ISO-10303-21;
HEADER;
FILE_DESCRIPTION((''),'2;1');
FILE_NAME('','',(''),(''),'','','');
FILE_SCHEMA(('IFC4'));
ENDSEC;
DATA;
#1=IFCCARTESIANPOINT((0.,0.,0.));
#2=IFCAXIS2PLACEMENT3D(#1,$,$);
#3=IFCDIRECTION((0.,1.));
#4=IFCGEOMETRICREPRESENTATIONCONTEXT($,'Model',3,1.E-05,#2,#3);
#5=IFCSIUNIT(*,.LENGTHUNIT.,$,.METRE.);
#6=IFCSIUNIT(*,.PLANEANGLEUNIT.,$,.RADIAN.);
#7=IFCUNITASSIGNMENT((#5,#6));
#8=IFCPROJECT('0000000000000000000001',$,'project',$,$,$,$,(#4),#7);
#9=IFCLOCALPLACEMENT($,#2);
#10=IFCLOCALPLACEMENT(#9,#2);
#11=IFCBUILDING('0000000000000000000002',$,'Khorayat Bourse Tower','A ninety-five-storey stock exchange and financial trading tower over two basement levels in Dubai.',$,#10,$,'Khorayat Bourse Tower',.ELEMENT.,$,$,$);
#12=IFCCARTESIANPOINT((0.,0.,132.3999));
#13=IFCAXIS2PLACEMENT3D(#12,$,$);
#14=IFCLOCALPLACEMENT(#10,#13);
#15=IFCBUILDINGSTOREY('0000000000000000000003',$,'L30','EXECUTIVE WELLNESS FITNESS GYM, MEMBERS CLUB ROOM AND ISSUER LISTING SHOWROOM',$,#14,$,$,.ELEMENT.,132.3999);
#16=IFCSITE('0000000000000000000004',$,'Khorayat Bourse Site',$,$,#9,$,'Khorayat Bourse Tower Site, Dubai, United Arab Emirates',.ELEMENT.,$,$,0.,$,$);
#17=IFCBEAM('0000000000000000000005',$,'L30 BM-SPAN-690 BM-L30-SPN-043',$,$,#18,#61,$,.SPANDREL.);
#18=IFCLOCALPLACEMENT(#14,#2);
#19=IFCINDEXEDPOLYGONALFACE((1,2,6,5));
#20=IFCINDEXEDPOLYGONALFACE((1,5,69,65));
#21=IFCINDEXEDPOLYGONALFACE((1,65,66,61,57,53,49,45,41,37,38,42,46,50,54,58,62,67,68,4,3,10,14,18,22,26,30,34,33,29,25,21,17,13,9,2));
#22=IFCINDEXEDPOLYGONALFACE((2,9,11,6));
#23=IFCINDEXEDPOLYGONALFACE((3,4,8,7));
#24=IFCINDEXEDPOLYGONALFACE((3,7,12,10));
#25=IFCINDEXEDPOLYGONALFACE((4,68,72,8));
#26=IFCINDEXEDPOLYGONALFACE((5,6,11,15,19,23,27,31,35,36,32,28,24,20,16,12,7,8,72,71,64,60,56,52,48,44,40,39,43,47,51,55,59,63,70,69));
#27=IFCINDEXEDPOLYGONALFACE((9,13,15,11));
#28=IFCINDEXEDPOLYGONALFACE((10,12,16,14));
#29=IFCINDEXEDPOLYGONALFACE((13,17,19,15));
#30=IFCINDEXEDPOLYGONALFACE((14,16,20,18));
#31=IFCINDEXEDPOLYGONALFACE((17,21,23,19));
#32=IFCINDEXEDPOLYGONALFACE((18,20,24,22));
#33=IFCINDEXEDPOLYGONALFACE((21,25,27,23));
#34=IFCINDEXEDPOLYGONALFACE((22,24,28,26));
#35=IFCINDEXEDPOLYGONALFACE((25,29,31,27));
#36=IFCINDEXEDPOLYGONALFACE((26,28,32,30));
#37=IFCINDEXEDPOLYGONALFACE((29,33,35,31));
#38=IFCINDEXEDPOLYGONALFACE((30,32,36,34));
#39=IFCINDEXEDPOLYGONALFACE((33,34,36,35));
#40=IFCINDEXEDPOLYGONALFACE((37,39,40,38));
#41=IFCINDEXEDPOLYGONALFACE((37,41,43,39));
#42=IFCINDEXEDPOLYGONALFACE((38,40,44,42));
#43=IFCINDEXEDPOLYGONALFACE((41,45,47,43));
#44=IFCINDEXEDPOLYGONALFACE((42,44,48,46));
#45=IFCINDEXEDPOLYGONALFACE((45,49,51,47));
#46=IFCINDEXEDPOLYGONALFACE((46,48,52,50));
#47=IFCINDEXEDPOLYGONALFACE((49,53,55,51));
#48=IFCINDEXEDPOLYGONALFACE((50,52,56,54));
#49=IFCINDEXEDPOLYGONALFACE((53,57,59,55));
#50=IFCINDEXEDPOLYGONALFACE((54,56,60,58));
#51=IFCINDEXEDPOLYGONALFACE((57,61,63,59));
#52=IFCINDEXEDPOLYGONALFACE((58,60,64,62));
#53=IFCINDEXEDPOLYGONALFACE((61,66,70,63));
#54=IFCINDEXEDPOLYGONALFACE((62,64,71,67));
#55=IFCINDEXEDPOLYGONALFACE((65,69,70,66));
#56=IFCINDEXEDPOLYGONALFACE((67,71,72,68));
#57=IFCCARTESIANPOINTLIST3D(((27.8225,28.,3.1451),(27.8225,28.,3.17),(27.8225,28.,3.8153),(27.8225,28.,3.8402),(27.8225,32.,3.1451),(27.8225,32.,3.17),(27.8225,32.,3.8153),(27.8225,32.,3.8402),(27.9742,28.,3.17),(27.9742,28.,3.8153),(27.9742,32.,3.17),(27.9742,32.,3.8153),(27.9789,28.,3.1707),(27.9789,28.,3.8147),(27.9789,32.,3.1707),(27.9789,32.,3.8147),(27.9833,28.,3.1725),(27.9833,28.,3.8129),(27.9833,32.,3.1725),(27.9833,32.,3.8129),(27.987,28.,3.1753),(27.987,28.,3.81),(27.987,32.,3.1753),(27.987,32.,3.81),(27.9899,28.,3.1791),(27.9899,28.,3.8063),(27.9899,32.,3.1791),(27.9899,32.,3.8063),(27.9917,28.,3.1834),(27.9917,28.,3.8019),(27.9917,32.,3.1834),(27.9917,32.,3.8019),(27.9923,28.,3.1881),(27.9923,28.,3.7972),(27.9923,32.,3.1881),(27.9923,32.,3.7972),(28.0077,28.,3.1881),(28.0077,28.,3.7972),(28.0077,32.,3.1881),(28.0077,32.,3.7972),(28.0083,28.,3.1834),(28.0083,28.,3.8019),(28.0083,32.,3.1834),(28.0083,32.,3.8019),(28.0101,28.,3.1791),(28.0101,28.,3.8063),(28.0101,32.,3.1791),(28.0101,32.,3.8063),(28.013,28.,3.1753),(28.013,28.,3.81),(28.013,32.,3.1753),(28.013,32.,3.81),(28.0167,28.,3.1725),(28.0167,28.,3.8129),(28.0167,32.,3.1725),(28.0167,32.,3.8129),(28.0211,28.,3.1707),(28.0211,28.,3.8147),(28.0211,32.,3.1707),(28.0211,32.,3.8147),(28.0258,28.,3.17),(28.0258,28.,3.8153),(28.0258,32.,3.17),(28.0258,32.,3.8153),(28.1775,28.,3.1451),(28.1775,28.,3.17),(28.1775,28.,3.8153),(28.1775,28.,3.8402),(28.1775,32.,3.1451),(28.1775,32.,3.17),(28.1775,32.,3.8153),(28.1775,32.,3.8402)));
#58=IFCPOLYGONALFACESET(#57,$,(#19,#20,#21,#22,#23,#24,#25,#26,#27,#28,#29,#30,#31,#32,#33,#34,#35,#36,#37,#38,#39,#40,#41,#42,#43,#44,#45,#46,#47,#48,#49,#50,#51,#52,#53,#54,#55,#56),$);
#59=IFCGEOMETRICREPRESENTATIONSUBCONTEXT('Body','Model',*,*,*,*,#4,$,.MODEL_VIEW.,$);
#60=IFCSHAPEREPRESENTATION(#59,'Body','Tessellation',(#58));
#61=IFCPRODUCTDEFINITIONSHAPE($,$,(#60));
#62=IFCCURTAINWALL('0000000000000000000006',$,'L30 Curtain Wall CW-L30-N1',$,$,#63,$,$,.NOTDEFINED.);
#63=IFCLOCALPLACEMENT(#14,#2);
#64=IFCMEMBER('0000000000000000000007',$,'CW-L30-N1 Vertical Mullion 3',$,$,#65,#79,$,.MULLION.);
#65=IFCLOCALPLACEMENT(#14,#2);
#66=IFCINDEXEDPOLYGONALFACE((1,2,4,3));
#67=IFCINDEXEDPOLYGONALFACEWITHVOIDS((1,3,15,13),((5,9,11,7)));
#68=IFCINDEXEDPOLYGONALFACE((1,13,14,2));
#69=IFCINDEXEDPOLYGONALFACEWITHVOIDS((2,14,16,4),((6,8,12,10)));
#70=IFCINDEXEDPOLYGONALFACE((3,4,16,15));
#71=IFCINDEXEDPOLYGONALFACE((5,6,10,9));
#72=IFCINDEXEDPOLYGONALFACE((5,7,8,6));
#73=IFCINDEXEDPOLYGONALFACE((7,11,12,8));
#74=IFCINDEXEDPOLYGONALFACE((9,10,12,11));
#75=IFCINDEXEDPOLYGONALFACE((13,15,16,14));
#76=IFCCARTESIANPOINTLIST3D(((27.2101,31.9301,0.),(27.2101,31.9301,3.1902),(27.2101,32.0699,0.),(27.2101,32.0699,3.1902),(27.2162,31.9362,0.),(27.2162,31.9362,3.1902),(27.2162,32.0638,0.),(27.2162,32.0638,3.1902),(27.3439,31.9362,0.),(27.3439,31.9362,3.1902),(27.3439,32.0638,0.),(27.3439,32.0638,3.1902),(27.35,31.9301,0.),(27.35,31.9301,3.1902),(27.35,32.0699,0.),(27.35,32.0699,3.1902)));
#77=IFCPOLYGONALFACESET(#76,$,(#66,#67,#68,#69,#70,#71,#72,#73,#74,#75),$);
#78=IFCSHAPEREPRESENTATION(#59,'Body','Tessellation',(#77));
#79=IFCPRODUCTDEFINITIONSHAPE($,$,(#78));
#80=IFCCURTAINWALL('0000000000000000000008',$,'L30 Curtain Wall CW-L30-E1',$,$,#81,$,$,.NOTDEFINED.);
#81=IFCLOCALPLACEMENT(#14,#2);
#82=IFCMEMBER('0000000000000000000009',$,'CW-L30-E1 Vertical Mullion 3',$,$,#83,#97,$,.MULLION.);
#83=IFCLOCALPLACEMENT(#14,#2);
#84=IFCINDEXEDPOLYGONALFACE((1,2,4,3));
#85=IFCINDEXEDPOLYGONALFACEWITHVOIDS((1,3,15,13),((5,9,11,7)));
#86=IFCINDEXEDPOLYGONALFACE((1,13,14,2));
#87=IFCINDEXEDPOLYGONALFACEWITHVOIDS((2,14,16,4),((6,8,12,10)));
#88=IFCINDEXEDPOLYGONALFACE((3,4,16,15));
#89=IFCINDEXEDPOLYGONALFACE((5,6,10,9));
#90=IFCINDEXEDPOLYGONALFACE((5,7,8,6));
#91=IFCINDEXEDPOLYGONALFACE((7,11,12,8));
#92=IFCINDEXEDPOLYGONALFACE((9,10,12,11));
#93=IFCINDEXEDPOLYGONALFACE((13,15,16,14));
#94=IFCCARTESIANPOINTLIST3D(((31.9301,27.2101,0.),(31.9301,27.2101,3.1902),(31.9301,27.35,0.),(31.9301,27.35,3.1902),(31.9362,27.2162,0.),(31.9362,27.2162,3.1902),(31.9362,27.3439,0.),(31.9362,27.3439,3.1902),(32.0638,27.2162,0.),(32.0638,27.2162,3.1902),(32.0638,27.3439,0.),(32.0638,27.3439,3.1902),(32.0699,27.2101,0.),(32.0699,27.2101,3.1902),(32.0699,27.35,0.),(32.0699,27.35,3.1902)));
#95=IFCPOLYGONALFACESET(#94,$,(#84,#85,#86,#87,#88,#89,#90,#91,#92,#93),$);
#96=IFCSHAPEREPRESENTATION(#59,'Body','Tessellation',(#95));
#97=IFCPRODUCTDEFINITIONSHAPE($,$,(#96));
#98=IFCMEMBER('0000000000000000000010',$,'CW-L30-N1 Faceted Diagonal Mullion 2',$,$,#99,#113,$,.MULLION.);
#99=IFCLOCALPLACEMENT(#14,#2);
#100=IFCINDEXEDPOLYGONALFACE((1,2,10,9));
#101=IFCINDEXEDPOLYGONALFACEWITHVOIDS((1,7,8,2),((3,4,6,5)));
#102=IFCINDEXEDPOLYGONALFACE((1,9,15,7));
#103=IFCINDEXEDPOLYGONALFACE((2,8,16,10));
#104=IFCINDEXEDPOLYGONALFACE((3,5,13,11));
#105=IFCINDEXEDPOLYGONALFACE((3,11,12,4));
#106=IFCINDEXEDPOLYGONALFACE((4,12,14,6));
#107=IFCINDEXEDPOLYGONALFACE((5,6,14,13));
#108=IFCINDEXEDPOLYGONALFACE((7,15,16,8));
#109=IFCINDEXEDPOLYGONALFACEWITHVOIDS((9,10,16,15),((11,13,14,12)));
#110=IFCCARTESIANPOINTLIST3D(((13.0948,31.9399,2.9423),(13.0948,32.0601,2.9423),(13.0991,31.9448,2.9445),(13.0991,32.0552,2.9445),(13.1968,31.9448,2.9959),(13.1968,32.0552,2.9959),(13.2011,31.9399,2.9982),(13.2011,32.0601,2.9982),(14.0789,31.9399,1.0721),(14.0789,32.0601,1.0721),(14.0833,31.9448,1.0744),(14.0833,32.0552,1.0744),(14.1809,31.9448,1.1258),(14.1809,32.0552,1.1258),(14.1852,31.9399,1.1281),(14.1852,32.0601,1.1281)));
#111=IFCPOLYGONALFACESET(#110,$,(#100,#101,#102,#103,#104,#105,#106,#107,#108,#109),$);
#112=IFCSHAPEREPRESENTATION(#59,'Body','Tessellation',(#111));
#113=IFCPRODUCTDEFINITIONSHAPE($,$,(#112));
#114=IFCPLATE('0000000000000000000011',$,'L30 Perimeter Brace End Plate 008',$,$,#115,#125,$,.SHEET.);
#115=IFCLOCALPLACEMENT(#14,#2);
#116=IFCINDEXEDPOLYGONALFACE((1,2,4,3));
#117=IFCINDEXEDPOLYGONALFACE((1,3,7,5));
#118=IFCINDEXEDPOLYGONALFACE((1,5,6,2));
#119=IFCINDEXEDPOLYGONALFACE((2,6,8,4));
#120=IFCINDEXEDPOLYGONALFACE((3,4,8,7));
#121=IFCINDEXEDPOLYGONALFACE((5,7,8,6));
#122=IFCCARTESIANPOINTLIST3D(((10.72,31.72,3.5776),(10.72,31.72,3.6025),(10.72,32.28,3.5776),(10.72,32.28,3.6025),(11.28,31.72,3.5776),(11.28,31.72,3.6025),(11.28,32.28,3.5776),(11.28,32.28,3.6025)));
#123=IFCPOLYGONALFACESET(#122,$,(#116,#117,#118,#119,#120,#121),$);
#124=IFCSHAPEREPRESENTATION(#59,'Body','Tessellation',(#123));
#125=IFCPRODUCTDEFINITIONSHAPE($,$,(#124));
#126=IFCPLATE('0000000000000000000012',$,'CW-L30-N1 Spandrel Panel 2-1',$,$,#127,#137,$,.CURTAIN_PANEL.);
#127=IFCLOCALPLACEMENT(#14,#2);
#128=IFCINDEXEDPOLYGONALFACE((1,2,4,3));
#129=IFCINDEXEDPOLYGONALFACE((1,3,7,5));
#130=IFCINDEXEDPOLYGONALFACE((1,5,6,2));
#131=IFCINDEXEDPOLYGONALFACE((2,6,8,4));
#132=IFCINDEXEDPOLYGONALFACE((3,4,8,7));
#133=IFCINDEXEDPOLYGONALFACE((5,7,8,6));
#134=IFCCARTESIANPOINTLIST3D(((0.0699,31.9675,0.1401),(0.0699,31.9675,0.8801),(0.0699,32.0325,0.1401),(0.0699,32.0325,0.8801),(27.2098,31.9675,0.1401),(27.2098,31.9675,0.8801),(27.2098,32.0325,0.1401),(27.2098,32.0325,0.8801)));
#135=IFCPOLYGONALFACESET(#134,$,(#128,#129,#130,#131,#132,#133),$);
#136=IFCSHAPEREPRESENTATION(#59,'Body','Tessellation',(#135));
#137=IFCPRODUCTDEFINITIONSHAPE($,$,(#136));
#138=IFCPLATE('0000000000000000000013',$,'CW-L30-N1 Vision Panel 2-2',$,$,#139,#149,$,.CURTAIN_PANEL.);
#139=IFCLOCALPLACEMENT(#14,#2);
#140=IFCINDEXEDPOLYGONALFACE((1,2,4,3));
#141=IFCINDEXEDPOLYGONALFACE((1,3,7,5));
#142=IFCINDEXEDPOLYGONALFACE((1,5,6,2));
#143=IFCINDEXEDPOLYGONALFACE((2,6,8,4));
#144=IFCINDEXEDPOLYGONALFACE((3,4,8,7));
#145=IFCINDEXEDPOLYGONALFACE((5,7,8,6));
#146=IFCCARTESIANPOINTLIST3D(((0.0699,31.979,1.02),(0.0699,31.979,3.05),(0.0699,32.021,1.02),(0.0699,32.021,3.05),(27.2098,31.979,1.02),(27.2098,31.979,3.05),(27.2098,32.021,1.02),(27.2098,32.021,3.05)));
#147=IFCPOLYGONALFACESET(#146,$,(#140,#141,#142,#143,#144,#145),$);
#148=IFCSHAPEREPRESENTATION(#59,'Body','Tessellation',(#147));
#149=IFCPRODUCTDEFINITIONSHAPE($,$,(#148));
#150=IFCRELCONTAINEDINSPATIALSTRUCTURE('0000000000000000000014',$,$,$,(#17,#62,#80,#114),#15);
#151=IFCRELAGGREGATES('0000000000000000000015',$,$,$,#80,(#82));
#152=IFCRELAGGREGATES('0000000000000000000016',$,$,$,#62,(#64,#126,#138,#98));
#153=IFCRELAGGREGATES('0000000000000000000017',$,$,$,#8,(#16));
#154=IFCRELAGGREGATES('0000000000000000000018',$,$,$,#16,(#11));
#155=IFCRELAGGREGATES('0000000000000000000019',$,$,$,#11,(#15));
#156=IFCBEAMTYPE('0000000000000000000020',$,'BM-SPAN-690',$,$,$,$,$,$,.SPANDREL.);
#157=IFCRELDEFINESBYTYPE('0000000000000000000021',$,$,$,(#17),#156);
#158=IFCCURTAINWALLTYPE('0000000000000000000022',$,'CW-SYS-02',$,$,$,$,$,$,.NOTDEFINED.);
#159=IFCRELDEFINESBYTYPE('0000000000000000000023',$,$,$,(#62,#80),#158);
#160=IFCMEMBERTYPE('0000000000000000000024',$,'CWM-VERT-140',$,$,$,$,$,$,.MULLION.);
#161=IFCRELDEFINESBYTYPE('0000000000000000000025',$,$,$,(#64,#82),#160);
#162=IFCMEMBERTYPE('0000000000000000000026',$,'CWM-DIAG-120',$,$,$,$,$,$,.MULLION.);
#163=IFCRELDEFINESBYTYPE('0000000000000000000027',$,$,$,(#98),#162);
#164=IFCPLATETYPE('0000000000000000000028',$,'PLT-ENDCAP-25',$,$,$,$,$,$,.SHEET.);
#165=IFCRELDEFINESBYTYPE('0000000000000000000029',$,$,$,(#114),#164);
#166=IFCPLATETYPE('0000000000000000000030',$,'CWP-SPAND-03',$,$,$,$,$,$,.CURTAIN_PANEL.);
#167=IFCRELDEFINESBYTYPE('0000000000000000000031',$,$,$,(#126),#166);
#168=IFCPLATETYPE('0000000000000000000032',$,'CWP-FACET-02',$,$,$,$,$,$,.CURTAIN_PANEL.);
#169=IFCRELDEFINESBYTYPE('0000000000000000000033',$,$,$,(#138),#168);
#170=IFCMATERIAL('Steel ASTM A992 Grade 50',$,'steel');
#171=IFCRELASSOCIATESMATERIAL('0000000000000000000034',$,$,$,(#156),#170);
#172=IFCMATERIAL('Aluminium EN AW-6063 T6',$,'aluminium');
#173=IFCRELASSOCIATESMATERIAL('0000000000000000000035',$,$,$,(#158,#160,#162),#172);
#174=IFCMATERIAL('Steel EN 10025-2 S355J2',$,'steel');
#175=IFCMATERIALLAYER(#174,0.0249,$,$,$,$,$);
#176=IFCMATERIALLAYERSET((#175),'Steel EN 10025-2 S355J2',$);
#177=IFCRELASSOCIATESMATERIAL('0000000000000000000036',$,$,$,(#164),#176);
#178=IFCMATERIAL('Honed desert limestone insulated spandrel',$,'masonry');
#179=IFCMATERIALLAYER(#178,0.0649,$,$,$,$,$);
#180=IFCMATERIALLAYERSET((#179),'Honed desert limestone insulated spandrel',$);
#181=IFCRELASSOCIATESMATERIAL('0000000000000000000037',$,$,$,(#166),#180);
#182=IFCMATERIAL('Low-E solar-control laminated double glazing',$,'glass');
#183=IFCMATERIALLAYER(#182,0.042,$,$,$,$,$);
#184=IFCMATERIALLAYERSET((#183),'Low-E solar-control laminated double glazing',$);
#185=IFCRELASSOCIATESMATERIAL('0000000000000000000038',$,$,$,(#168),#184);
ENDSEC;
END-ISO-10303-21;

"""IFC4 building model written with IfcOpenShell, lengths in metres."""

from ifc_helpers import new_model, si_unit, direction, frame, origin, origin_2d, place, context, subcontext, project, spatial, rectangle, hollow_rectangle, i_section, extrude, source, transform, mapped, material, layer, layer_set, material_profile, profile_set, type_object, element, aggregate, save


model = new_model("IFC4")

# Units and contexts
model_context = context("Model", 3, precision=1e-05, world=origin(), true_north=direction((0.0, 1.0)))
body_context = subcontext(model_context, "Body", "Model", "MODEL_VIEW")
ifc_project = project(units=[si_unit("LENGTHUNIT", "METRE"), si_unit("PLANEANGLEUNIT", "RADIAN")], contexts=[model_context])

# Site, building, storey
site_placement = place(None, origin())
site = spatial("IfcSite", under=ifc_project, at=site_placement, Name="Khorayat Bourse Site", LongName="Khorayat Bourse Tower Site, Dubai, United Arab Emirates", CompositionType="ELEMENT", RefElevation=0.0)
building_placement = place(site_placement, origin())
building = spatial("IfcBuilding", under=site, at=building_placement, Name="Khorayat Bourse Tower", Description="A ninety-five-storey stock exchange and financial trading tower over two basement levels in Dubai.", LongName="Khorayat Bourse Tower", CompositionType="ELEMENT")
storey_placement = place(building_placement, frame((0.0, 0.0, 132.3999)))
storey = spatial("IfcBuildingStorey", under=building, at=storey_placement, Name="L30", Description="EXECUTIVE WELLNESS FITNESS GYM, MEMBERS CLUB ROOM AND ISSUER LISTING SHOWROOM", CompositionType="ELEMENT", Elevation=132.3999)

# Beam
ifc_material_1 = material(Name="Steel ASTM A992 Grade 50", Category="steel")
ifc_material_profile_1 = material_profile(ifc_material_1, i_section(OverallWidth=0.355, OverallDepth=0.6951, WebThickness=0.0154, FlangeThickness=0.0249, FilletRadius=0.0181, at=origin_2d()), Name="W690X217")
ifc_profile_set_1 = profile_set([ifc_material_profile_1], Name="Steel ASTM A992 Grade 50")
beam_type_1 = type_object("IfcBeamType", Name="BM-SPAN-690", PredefinedType="SPANDREL", material=ifc_profile_set_1)
shared_shape_1 = source(origin(), body_context, "Body", "SweptSolid", [
    extrude(i_section(OverallWidth=0.355, OverallDepth=0.6951, WebThickness=0.0154, FlangeThickness=0.0249, FilletRadius=0.0181, at=origin_2d()), origin(), (0.0, 0.0, 1.0), 4.0),
])
for number, where, z_axis, x_axis, name in (
    (1, (28.0, 28.0, 3.4927), (0.0, 1.0, 0.0), (-1.0, 0.0, 0.0), "L30 BM-SPAN-690 BM-L30-SPN-043"),
):
    element("IfcBeam", number, at=place(storey_placement, frame(where, z_axis=z_axis, x_axis=x_axis)), inside=storey, type_object=beam_type_1, Name=name, PredefinedType="SPANDREL", context=body_context, shape_type="MappedRepresentation", body=[
        mapped(shared_shape_1, transform((0.0, 0.0, 0.0), scale=1.0)),
    ])

# Curtain walls, members
ifc_material_2 = material(Name="Aluminium EN AW-6063 T6", Category="aluminium")
curtain_wall_type = type_object("IfcCurtainWallType", Name="CW-SYS-02", PredefinedType="NOTDEFINED", material=ifc_material_2)
curtain_wall_1_placement = place(storey_placement, origin())
curtain_wall_1 = element("IfcCurtainWall", 2, at=curtain_wall_1_placement, inside=storey, type_object=curtain_wall_type, Name="L30 Curtain Wall CW-L30-N1", PredefinedType="NOTDEFINED")
ifc_material_profile_2 = material_profile(ifc_material_2, hollow_rectangle(XDim=0.1399, YDim=0.1399, WallThickness=0.0061, at=origin_2d()), Name="ALU 140x140x6")
ifc_profile_set_2 = profile_set([ifc_material_profile_2], Name="Aluminium EN AW-6063 T6")
member_type_1 = type_object("IfcMemberType", Name="CWM-VERT-140", PredefinedType="MULLION", material=ifc_profile_set_2)
shared_shape_2 = source(origin(), body_context, "Body", "SweptSolid", [
    extrude(hollow_rectangle(XDim=0.1399, YDim=0.1399, WallThickness=0.0061, at=origin_2d()), origin(), (0.0, 0.0, 1.0), 3.1902),
])
member_1_placement = place(storey_placement, frame((27.28, 32.0, 0.0), z_axis=(0.0, 0.0, 1.0), x_axis=(0.0, 1.0, 0.0)))
member_1 = element("IfcMember", 3, at=member_1_placement, type_object=member_type_1, Name="CW-L30-N1 Vertical Mullion 3", PredefinedType="MULLION", context=body_context, shape_type="MappedRepresentation", body=[
    mapped(shared_shape_2, transform((0.0, 0.0, 0.0), scale=1.0)),
])
curtain_wall_2_placement = place(storey_placement, origin())
curtain_wall_2 = element("IfcCurtainWall", 4, at=curtain_wall_2_placement, inside=storey, type_object=curtain_wall_type, Name="L30 Curtain Wall CW-L30-E1", PredefinedType="NOTDEFINED")
member_2_placement = place(storey_placement, frame((32.0, 27.28, 0.0), z_axis=(0.0, 0.0, 1.0), x_axis=(-1.0, 0.0, 0.0)))
member_2 = element("IfcMember", 5, at=member_2_placement, type_object=member_type_1, Name="CW-L30-E1 Vertical Mullion 3", PredefinedType="MULLION", context=body_context, shape_type="MappedRepresentation", body=[
    mapped(shared_shape_2, transform((0.0, 0.0, 0.0), scale=1.0)),
])
aggregate(curtain_wall_2, [member_2])

# Member
ifc_material_profile_3 = material_profile(ifc_material_2, hollow_rectangle(XDim=0.1201, YDim=0.1201, WallThickness=0.0049, at=origin_2d()), Name="ALU 120x120x5")
ifc_profile_set_3 = profile_set([ifc_material_profile_3], Name="Aluminium EN AW-6063 T6")
member_type_2 = type_object("IfcMemberType", Name="CWM-DIAG-120", PredefinedType="MULLION", material=ifc_profile_set_3)
shared_shape_3 = source(origin(), body_context, "Body", "SweptSolid", [
    extrude(hollow_rectangle(XDim=0.1201, YDim=0.1201, WallThickness=0.0049, at=origin_2d()), origin(), (0.0, 0.0, 1.0), 2.1133),
])
member_3_placement = place(storey_placement, frame((14.1321, 32.0, 1.1001), z_axis=(-0.465694, 0.0, 0.884946), x_axis=(0.0, -1.0, 0.0)))
member_3 = element("IfcMember", 6, at=member_3_placement, type_object=member_type_2, Name="CW-L30-N1 Faceted Diagonal Mullion 2", PredefinedType="MULLION", context=body_context, shape_type="MappedRepresentation", body=[
    mapped(shared_shape_3, transform((0.0, 0.0, 0.0), scale=1.0)),
])

# Plates
ifc_material_3 = material(Name="Steel EN 10025-2 S355J2", Category="steel")
ifc_layer_1 = layer(ifc_material_3, 0.0249)
ifc_layer_set_1 = layer_set([ifc_layer_1], Name="Steel EN 10025-2 S355J2")
plate_type_1 = type_object("IfcPlateType", Name="PLT-ENDCAP-25", PredefinedType="SHEET", material=ifc_layer_set_1)
shared_shape_4 = source(origin(), body_context, "Body", "SweptSolid", [
    extrude(rectangle(XDim=0.5601, YDim=0.5601, at=origin_2d()), origin(), (0.0, 0.0, 1.0), 0.0249),
])
plate_1_placement = place(storey_placement, frame((11.0, 32.0, 3.5776), z_axis=(0.0, 0.0, 1.0), x_axis=(1.0, 0.0, 0.0)))
element("IfcPlate", 7, at=plate_1_placement, inside=storey, type_object=plate_type_1, Name="L30 Perimeter Brace End Plate 008", PredefinedType="SHEET", context=body_context, shape_type="MappedRepresentation", body=[
    mapped(shared_shape_4, transform((0.0, 0.0, 0.0), scale=1.0)),
])
ifc_material_4 = material(Name="Honed desert limestone insulated spandrel", Category="masonry")
ifc_layer_2 = layer(ifc_material_4, 0.0649)
ifc_layer_set_2 = layer_set([ifc_layer_2], Name="Honed desert limestone insulated spandrel")
plate_type_2 = type_object("IfcPlateType", Name="CWP-SPAND-03", PredefinedType="CURTAIN_PANEL", material=ifc_layer_set_2)
shared_shape_5 = source(origin(), body_context, "Body", "SweptSolid", [
    extrude(rectangle(XDim=27.1399, YDim=0.0649, at=origin_2d()), origin(), (0.0, 0.0, 1.0), 0.74),
])
plate_2_placement = place(storey_placement, frame((13.6399, 32.0, 0.1401), z_axis=(0.0, 0.0, 1.0), x_axis=(1.0, 0.0, 0.0)))
plate_2 = element("IfcPlate", 8, at=plate_2_placement, type_object=plate_type_2, Name="CW-L30-N1 Spandrel Panel 2-1", PredefinedType="CURTAIN_PANEL", context=body_context, shape_type="MappedRepresentation", body=[
    mapped(shared_shape_5, transform((0.0, 0.0, 0.0), scale=1.0)),
])
ifc_material_5 = material(Name="Low-E solar-control laminated double glazing", Category="glass")
ifc_layer_3 = layer(ifc_material_5, 0.042)
ifc_layer_set_3 = layer_set([ifc_layer_3], Name="Low-E solar-control laminated double glazing")
plate_type_3 = type_object("IfcPlateType", Name="CWP-FACET-02", PredefinedType="CURTAIN_PANEL", material=ifc_layer_set_3)
shared_shape_6 = source(origin(), body_context, "Body", "SweptSolid", [
    extrude(rectangle(XDim=27.1399, YDim=0.042, at=origin_2d()), origin(), (0.0, 0.0, 1.0), 2.03),
])
plate_3_placement = place(storey_placement, frame((13.6399, 32.0, 1.02), z_axis=(0.0, 0.0, 1.0), x_axis=(1.0, 0.0, 0.0)))
plate_3 = element("IfcPlate", 9, at=plate_3_placement, type_object=plate_type_3, Name="CW-L30-N1 Vision Panel 2-2", PredefinedType="CURTAIN_PANEL", context=body_context, shape_type="MappedRepresentation", body=[
    mapped(shared_shape_6, transform((0.0, 0.0, 0.0), scale=1.0)),
])
aggregate(curtain_wall_1, [member_1, plate_2, plate_3, member_3])

save(model, "model.ifc")
